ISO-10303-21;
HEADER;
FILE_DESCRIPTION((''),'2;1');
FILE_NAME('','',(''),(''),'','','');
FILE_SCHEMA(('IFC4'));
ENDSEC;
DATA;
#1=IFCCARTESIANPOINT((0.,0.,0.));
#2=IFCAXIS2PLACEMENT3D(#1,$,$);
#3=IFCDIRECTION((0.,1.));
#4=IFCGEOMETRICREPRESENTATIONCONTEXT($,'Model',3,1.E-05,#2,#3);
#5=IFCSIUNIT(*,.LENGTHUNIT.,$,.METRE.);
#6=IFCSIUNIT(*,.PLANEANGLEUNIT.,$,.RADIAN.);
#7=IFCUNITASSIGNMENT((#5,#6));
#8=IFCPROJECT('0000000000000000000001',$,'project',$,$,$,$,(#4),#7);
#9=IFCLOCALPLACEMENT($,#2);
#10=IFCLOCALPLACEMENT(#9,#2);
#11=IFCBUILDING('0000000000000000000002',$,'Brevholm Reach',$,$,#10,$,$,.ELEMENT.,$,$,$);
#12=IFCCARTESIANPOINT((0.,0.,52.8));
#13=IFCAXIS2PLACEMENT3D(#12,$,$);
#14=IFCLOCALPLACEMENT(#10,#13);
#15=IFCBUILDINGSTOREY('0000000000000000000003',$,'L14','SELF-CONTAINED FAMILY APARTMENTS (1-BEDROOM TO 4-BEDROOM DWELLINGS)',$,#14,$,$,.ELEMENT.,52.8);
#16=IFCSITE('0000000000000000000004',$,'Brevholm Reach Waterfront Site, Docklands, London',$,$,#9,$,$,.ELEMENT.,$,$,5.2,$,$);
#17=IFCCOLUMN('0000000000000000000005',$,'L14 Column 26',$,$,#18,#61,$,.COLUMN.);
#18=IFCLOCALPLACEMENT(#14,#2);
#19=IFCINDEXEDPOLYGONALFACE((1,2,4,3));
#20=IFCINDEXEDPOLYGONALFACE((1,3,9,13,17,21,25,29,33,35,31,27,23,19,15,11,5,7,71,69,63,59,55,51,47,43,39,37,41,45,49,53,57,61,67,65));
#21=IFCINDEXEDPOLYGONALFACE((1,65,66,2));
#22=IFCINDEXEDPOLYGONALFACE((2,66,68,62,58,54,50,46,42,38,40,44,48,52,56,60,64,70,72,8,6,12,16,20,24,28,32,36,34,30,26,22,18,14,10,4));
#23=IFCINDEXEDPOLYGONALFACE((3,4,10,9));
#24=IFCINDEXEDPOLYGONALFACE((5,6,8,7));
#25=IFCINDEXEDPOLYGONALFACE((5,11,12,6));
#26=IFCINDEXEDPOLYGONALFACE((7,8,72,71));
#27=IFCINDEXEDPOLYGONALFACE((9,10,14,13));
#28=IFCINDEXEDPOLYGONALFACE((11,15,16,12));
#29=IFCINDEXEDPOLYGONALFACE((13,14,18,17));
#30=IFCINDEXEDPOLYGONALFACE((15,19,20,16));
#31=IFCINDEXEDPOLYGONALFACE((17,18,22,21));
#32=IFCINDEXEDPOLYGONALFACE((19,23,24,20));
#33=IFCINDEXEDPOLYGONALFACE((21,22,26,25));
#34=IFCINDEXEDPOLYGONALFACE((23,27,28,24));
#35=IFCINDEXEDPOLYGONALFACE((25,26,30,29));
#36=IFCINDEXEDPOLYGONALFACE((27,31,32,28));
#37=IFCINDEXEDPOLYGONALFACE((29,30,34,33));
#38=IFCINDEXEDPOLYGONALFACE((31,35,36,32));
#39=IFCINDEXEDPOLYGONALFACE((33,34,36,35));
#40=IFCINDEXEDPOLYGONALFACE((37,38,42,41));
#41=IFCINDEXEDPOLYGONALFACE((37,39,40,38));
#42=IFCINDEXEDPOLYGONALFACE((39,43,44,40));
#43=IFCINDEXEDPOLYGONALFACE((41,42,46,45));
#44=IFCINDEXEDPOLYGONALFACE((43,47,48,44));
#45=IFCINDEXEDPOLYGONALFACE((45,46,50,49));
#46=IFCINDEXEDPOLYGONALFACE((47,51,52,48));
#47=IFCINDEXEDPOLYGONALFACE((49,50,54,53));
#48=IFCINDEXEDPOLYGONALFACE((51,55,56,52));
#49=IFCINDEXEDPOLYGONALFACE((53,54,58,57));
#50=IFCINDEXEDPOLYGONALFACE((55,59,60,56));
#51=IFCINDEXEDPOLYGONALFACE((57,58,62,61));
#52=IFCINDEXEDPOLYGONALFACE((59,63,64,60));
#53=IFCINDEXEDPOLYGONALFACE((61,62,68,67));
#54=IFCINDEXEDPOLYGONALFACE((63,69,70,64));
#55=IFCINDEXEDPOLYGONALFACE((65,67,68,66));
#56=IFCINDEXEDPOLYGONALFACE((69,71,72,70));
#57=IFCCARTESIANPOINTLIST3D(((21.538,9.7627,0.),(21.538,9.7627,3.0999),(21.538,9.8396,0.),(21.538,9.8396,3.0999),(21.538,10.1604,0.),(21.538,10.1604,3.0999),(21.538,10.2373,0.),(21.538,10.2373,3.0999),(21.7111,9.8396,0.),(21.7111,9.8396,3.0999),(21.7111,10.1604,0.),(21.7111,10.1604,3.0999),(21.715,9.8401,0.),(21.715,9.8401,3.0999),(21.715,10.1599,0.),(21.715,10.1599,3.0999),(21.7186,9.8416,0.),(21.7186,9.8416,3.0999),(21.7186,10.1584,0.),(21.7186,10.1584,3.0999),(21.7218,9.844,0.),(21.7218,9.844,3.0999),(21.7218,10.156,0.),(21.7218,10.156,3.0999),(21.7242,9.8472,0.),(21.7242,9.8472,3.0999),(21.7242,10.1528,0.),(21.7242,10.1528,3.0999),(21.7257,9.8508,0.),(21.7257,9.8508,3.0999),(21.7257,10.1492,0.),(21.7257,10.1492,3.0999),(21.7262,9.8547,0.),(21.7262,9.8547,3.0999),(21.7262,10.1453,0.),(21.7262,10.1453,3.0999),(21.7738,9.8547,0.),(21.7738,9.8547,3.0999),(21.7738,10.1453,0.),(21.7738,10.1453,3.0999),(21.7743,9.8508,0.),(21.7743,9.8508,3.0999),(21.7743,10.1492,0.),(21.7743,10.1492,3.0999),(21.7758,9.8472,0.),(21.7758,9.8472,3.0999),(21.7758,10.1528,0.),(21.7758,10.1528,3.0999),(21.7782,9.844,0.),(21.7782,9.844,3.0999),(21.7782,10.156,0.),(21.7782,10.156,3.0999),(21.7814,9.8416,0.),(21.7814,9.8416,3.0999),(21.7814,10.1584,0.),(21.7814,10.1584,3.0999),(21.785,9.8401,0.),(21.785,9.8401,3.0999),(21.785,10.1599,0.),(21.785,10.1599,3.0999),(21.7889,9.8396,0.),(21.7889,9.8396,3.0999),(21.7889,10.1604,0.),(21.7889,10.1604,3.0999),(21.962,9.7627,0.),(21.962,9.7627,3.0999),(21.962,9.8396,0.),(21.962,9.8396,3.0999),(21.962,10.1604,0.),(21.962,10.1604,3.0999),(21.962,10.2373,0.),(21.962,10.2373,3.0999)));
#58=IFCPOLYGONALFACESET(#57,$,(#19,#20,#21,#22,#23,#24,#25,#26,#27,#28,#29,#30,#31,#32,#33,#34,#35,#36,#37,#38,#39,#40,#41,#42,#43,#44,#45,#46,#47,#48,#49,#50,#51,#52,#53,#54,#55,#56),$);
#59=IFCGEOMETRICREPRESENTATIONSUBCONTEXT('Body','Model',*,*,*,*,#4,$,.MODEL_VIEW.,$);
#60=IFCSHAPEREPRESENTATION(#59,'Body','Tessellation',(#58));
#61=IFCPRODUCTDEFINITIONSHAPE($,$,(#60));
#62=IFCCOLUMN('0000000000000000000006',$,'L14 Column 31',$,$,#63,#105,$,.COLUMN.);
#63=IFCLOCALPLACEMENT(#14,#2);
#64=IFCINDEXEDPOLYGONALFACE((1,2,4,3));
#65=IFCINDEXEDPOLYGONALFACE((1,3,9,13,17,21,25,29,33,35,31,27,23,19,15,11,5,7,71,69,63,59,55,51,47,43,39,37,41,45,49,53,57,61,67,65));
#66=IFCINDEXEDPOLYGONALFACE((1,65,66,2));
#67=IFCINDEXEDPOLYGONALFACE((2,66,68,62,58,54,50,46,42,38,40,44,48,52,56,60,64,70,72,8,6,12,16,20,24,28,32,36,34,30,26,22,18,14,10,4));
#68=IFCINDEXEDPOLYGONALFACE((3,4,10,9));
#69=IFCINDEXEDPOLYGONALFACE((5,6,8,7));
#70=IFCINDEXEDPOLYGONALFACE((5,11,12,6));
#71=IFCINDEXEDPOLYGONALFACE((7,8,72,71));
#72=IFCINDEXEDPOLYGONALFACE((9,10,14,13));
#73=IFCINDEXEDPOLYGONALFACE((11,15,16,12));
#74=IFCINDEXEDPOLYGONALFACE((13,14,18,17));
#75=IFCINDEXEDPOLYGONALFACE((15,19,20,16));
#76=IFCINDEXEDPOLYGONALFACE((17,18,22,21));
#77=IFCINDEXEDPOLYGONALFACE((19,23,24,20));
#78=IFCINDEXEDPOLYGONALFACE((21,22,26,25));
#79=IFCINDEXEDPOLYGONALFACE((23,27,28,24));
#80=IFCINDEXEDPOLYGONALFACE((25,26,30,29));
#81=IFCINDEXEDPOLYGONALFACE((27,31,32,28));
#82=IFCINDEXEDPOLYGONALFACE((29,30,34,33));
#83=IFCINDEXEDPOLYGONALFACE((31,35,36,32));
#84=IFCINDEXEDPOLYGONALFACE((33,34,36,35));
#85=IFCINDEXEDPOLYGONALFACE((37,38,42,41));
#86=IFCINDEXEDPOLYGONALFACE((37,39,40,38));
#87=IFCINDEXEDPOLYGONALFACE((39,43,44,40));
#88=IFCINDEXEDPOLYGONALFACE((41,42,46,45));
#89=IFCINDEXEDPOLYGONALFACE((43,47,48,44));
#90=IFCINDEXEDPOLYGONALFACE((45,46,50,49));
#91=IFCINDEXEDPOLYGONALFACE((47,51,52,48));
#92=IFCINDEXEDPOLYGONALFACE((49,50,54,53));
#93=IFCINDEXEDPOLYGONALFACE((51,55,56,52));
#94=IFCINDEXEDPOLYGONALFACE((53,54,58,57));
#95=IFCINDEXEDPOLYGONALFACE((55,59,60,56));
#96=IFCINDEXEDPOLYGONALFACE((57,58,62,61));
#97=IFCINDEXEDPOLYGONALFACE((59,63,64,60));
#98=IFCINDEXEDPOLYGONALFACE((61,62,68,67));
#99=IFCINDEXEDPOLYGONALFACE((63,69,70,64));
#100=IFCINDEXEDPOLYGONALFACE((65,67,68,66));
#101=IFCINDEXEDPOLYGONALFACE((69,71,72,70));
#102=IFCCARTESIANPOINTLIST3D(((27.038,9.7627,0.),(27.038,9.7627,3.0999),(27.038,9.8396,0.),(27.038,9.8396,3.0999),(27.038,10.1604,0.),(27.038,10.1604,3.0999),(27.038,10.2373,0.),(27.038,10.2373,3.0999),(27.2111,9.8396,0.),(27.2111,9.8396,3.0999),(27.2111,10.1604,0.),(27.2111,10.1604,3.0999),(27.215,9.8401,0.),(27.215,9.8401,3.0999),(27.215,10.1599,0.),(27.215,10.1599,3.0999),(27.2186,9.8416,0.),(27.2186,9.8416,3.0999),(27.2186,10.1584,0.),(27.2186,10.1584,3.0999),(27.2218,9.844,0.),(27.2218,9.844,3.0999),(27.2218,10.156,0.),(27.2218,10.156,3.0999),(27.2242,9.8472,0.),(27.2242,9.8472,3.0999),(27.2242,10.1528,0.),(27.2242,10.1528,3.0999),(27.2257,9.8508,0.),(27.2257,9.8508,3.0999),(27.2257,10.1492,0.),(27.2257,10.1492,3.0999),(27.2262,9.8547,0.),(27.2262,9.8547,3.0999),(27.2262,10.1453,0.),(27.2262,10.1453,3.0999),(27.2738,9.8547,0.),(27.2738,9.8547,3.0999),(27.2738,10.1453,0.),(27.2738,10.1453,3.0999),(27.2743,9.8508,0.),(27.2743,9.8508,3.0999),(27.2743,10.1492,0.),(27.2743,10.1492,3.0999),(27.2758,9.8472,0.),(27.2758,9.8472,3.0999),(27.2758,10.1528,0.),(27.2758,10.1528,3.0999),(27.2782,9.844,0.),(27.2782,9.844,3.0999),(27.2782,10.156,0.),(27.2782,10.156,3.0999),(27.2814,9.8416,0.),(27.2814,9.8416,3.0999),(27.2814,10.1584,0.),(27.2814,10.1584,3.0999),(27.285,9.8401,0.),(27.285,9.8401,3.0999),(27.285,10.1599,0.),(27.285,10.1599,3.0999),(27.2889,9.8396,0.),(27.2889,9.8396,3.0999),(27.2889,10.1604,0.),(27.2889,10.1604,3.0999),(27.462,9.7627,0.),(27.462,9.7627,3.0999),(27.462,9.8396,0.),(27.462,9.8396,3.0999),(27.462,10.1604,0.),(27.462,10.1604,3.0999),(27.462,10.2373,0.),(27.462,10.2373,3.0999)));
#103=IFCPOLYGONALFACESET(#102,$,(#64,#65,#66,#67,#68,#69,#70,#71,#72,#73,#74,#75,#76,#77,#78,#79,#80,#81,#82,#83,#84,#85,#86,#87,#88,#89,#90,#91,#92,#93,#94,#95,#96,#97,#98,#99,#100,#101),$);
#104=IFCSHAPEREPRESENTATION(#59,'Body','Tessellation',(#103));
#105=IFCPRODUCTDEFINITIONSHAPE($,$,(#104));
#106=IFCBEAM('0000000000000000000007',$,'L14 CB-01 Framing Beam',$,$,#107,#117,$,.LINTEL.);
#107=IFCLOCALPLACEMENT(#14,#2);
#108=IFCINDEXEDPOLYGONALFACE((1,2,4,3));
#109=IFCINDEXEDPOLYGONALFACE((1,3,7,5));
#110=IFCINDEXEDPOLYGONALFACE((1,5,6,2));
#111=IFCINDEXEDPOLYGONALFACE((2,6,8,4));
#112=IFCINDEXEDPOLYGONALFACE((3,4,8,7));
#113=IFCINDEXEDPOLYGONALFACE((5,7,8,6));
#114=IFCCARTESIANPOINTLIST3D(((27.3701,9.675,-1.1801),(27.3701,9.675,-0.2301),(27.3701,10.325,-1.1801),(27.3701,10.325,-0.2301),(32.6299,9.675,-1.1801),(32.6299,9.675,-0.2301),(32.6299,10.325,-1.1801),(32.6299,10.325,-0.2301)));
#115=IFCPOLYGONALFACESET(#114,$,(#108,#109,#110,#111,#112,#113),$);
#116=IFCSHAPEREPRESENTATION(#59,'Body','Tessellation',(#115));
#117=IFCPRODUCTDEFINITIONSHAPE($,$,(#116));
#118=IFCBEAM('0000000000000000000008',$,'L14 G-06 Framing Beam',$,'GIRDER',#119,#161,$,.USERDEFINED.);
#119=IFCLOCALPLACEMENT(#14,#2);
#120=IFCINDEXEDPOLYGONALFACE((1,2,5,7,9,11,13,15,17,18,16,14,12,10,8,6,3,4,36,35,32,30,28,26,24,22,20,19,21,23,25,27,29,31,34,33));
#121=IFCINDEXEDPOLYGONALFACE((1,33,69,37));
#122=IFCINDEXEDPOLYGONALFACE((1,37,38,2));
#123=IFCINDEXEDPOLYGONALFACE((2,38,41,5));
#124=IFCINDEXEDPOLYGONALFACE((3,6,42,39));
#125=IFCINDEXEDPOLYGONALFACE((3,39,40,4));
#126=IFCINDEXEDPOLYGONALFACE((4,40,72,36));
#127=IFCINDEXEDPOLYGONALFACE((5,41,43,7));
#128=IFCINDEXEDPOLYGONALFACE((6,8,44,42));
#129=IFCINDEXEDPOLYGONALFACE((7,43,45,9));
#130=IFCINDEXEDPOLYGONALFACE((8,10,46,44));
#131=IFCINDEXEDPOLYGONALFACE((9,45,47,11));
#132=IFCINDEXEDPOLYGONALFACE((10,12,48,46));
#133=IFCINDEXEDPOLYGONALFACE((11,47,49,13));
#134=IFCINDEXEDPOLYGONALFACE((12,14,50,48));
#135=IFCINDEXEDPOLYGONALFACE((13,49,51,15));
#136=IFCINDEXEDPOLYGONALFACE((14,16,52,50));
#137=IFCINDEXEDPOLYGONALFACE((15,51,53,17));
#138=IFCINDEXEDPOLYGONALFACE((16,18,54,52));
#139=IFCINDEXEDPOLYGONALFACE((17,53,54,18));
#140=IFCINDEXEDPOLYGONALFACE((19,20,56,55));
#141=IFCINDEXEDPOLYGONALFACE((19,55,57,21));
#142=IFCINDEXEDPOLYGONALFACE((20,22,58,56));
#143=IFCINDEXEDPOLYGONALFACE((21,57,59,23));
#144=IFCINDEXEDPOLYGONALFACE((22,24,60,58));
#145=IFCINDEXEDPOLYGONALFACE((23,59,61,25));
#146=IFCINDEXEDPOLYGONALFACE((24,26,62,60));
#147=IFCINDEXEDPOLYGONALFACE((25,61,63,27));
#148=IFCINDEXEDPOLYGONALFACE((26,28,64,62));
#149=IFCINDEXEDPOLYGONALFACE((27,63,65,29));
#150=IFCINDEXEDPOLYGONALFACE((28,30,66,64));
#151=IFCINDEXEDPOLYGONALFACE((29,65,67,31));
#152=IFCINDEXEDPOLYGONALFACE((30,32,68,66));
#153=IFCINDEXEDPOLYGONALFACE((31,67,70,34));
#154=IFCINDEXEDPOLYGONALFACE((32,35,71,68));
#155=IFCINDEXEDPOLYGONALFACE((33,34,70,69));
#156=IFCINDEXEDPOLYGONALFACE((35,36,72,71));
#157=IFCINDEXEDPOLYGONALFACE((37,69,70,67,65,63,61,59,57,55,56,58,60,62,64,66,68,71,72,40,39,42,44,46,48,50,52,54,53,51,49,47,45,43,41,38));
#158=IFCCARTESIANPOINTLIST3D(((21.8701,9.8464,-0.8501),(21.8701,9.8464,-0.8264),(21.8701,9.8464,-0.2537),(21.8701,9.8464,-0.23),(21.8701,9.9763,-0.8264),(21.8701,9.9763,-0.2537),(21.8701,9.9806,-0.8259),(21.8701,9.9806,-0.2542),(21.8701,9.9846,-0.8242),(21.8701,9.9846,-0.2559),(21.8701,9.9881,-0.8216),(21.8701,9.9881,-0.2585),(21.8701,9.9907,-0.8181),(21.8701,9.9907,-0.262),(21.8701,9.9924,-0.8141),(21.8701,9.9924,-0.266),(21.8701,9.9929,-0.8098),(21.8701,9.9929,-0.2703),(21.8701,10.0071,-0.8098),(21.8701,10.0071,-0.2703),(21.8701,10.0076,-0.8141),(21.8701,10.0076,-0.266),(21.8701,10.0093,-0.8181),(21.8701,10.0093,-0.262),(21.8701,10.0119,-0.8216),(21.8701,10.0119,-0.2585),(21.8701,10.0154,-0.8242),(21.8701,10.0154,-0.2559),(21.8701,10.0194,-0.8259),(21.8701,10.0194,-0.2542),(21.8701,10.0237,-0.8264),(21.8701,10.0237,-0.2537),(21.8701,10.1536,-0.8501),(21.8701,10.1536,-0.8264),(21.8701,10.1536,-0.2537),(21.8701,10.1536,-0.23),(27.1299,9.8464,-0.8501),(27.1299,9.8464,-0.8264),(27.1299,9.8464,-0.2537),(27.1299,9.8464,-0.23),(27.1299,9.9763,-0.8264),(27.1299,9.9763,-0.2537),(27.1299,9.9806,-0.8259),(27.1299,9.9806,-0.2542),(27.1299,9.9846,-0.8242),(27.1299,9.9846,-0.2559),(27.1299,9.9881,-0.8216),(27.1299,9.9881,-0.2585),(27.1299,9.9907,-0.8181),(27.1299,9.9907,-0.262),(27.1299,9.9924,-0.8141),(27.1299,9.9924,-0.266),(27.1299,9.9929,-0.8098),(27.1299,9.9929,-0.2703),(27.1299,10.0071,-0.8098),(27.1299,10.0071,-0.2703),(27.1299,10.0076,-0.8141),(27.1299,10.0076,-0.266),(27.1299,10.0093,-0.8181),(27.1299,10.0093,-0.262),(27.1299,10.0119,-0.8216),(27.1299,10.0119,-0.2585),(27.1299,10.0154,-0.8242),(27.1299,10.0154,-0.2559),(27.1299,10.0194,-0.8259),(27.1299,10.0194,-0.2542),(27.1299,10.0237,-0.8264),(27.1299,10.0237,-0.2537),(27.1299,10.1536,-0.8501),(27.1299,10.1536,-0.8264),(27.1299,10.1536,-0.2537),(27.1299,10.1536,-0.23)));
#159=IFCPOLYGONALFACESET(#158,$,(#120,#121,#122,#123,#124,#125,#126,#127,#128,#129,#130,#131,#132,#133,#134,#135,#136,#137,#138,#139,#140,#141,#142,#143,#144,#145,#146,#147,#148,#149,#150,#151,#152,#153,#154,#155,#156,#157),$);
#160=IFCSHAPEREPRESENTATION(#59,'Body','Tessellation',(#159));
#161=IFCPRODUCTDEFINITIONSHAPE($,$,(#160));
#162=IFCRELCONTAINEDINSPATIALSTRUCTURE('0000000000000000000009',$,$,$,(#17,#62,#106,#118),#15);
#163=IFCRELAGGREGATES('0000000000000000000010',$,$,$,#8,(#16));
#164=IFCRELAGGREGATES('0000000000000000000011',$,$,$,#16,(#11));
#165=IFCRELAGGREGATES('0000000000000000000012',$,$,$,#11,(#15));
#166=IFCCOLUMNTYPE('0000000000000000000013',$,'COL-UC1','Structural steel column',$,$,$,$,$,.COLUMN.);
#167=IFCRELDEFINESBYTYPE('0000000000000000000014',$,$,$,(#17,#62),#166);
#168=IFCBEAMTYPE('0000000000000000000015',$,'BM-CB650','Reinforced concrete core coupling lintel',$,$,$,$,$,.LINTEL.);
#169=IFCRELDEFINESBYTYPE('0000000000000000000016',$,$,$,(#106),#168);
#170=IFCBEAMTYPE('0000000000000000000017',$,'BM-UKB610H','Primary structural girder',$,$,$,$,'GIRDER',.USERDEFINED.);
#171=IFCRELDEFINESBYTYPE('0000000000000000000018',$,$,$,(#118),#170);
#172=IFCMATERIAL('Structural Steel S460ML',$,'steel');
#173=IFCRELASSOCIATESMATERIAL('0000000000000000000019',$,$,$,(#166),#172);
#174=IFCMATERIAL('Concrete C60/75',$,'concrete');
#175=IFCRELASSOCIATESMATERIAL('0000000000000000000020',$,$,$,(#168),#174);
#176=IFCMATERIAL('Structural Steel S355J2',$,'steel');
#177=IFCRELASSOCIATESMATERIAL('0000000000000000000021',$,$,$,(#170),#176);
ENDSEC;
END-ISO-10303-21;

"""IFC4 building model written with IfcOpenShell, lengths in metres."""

from ifc_helpers import new_model, si_unit, direction, frame, origin, origin_2d, place, context, subcontext, project, spatial, rectangle, i_section, extrude, material, material_profile, profile_set, type_object, element, save


model = new_model("IFC4")

# Units and contexts
model_context = context("Model", 3, precision=1e-05, world=origin(), true_north=direction((0.0, 1.0)))
body_context = subcontext(model_context, "Body", "Model", "MODEL_VIEW")
ifc_project = project(units=[si_unit("LENGTHUNIT", "METRE"), si_unit("PLANEANGLEUNIT", "RADIAN")], contexts=[model_context])

# Site, building, storey
site_placement = place(None, origin())
site = spatial("IfcSite", under=ifc_project, at=site_placement, Name="Brevholm Reach Waterfront Site, Docklands, London", CompositionType="ELEMENT", RefElevation=5.2)
building_placement = place(site_placement, origin())
building = spatial("IfcBuilding", under=site, at=building_placement, Name="Brevholm Reach", CompositionType="ELEMENT")
storey_placement = place(building_placement, frame((0.0, 0.0, 52.8)))
storey = spatial("IfcBuildingStorey", under=building, at=storey_placement, Name="L14", Description="SELF-CONTAINED FAMILY APARTMENTS (1-BEDROOM TO 4-BEDROOM DWELLINGS)", CompositionType="ELEMENT", Elevation=52.8)

# Columns
ifc_material_1 = material(Name="Structural Steel S460ML", Category="steel")
ifc_material_profile_1 = material_profile(ifc_material_1, i_section(OverallWidth=0.4241, OverallDepth=0.4746, WebThickness=0.0476, FlangeThickness=0.0769, FilletRadius=0.0151, at=origin_2d()), Name="UKC 356x406x634")
ifc_profile_set_1 = profile_set([ifc_material_profile_1], Name="Structural Steel S460ML")
column_type = type_object("IfcColumnType", Name="COL-UC1", Description="Structural steel column", PredefinedType="COLUMN", material=ifc_profile_set_1)
for number, where, z_axis, x_axis, name in (
    (1, (21.75, 10.0, 0.0), (0.0, 0.0, 1.0), (1.0, 0.0, 0.0), "L14 Column 26"),
    (2, (27.25, 10.0, 0.0), (0.0, 0.0, 1.0), (1.0, 0.0, 0.0), "L14 Column 31"),
):
    element("IfcColumn", number, at=place(storey_placement, frame(where, z_axis=z_axis, x_axis=x_axis)), inside=storey, type_object=column_type, Name=name, PredefinedType="COLUMN", context=body_context, shape_type="SweptSolid", body=[
        extrude(i_section(OverallWidth=0.4241, OverallDepth=0.4746, WebThickness=0.0476, FlangeThickness=0.0769, FilletRadius=0.0151, at=origin_2d()), origin(), (0.0, 0.0, 1.0), 3.0999),
    ])

# Beams
ifc_material_2 = material(Name="Concrete C60/75", Category="concrete")
ifc_material_profile_2 = material_profile(ifc_material_2, rectangle(XDim=0.6499, YDim=0.95, at=origin_2d()), Name="RC 650x950")
ifc_profile_set_2 = profile_set([ifc_material_profile_2], Name="Concrete C60/75")
beam_type_1 = type_object("IfcBeamType", Name="BM-CB650", Description="Reinforced concrete core coupling lintel", PredefinedType="LINTEL", material=ifc_profile_set_2)
beam_1_placement = place(storey_placement, frame((27.3701, 10.0, -0.7051), z_axis=(1.0, 0.0, 0.0), x_axis=(0.0, 1.0, 0.0)))
element("IfcBeam", 3, at=beam_1_placement, inside=storey, type_object=beam_type_1, Name="L14 CB-01 Framing Beam", PredefinedType="LINTEL", context=body_context, shape_type="SweptSolid", body=[
    extrude(rectangle(XDim=0.6499, YDim=0.95, at=origin_2d()), origin(), (0.0, 0.0, 1.0), 5.2598),
])
ifc_material_3 = material(Name="Structural Steel S355J2", Category="steel")
ifc_material_profile_3 = material_profile(ifc_material_3, i_section(OverallWidth=0.3071, OverallDepth=0.6201, WebThickness=0.0142, FlangeThickness=0.0237, FilletRadius=0.0166, at=origin_2d()), Name="UKB 610x305x179")
ifc_profile_set_3 = profile_set([ifc_material_profile_3], Name="Structural Steel S355J2")
beam_type_2 = type_object("IfcBeamType", Name="BM-UKB610H", Description="Primary structural girder", ElementType="GIRDER", PredefinedType="USERDEFINED", material=ifc_profile_set_3)
beam_2_placement = place(storey_placement, frame((21.8701, 10.0, -0.54), z_axis=(1.0, 0.0, 0.0), x_axis=(0.0, 1.0, 0.0)))
element("IfcBeam", 4, at=beam_2_placement, inside=storey, type_object=beam_type_2, Name="L14 G-06 Framing Beam", ObjectType="GIRDER", PredefinedType="USERDEFINED", context=body_context, shape_type="SweptSolid", body=[
    extrude(i_section(OverallWidth=0.3071, OverallDepth=0.6201, WebThickness=0.0142, FlangeThickness=0.0237, FilletRadius=0.0166, at=origin_2d()), origin(), (0.0, 0.0, 1.0), 5.2598),
])

save(model, "model.ifc")
